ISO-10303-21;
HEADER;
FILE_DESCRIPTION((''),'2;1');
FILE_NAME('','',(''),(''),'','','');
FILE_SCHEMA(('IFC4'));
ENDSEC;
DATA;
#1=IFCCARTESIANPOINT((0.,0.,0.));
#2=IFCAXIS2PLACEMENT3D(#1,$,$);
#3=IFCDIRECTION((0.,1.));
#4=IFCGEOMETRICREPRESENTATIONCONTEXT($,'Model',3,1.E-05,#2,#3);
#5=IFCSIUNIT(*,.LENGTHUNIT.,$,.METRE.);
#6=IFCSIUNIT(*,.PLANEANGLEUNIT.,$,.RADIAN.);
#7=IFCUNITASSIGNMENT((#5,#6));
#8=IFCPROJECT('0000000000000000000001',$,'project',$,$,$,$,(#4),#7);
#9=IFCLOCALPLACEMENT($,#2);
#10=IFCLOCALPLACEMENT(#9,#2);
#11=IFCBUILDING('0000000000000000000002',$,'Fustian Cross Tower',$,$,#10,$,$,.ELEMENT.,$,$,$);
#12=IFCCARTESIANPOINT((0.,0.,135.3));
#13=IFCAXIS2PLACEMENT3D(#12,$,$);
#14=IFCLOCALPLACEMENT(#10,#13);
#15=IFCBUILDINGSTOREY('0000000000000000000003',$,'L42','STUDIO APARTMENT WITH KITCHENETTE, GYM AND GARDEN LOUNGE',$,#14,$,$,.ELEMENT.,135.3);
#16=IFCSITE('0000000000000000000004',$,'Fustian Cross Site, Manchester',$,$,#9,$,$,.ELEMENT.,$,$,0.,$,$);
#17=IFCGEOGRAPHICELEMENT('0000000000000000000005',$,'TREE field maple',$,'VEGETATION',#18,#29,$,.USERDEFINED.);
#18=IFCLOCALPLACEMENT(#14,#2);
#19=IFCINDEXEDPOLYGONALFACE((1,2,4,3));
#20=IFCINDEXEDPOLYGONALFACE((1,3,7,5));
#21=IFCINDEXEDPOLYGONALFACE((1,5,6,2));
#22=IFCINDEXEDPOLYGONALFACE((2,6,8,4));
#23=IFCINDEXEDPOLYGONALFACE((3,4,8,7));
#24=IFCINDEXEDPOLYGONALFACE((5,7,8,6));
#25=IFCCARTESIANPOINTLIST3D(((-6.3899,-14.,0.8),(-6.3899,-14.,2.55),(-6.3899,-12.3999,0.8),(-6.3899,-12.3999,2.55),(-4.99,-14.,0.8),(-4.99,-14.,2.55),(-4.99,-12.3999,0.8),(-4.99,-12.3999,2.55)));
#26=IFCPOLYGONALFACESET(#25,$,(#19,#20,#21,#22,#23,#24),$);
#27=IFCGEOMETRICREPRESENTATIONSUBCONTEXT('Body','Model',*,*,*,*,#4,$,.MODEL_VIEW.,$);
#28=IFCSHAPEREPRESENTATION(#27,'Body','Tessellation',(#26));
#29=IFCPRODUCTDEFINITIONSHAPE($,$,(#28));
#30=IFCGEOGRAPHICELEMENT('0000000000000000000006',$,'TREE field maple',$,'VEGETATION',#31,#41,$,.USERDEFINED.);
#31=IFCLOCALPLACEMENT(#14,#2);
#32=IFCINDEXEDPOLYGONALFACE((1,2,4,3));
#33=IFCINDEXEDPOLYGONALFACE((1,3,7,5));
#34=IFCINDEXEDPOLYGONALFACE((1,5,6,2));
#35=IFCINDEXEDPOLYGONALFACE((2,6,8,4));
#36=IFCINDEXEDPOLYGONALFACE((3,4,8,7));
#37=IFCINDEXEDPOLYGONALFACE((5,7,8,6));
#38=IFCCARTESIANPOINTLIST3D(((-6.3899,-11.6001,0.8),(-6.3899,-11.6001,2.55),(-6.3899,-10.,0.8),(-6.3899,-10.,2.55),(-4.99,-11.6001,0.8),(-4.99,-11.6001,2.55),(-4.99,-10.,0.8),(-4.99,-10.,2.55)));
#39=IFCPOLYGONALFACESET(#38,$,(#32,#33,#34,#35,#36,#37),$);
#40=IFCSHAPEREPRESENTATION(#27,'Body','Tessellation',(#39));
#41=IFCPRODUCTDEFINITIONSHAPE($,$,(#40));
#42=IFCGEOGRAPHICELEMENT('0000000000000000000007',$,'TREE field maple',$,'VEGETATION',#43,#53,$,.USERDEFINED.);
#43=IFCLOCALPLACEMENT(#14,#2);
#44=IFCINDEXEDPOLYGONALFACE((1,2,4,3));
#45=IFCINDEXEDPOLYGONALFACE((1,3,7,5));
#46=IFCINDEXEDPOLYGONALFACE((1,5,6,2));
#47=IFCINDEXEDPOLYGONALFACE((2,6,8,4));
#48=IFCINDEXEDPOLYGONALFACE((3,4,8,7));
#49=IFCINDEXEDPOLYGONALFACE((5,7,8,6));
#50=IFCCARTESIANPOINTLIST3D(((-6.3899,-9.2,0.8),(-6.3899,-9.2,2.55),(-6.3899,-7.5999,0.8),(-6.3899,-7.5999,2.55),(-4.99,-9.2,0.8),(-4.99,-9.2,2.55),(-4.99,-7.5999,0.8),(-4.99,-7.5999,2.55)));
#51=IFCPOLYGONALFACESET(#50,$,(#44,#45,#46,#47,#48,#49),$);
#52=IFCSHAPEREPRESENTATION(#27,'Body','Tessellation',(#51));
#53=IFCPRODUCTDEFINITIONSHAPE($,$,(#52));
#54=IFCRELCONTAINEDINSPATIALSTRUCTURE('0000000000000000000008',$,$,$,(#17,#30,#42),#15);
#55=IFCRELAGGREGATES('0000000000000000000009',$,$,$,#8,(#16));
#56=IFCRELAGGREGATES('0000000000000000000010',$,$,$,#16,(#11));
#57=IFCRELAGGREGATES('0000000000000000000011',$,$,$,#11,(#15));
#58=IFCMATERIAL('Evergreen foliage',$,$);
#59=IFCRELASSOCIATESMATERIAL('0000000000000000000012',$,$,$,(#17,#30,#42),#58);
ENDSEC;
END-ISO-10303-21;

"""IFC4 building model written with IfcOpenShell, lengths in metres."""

from ifc_helpers import new_model, si_unit, direction, frame, origin, origin_2d, place, context, subcontext, project, spatial, rectangle, extrude, material, element, save


model = new_model("IFC4")

# Units and contexts
model_context = context("Model", 3, precision=1e-05, world=origin(), true_north=direction((0.0, 1.0)))
body_context = subcontext(model_context, "Body", "Model", "MODEL_VIEW")
ifc_project = project(units=[si_unit("LENGTHUNIT", "METRE"), si_unit("PLANEANGLEUNIT", "RADIAN")], contexts=[model_context])

# Site, building, storey
site_placement = place(None, origin())
site = spatial("IfcSite", under=ifc_project, at=site_placement, Name="Fustian Cross Site, Manchester", CompositionType="ELEMENT", RefElevation=0.0)
building_placement = place(site_placement, origin())
building = spatial("IfcBuilding", under=site, at=building_placement, Name="Fustian Cross Tower", CompositionType="ELEMENT")
storey_placement = place(building_placement, frame((0.0, 0.0, 135.3)))
storey = spatial("IfcBuildingStorey", under=building, at=storey_placement, Name="L42", Description="STUDIO APARTMENT WITH KITCHENETTE, GYM AND GARDEN LOUNGE", CompositionType="ELEMENT", Elevation=135.3)

# Geographic elements
ifc_material_1 = material(Name="Evergreen foliage")
for number, where, z_axis, x_axis, name in (
    (1, (-5.6899, -13.2, 0.8), (0.0, 0.0, 1.0), (1.0, 0.0, 0.0), "TREE field maple"),
    (2, (-5.6899, -10.8, 0.8), (0.0, 0.0, 1.0), (1.0, 0.0, 0.0), "TREE field maple"),
    (3, (-5.6899, -8.3999, 0.8), (0.0, 0.0, 1.0), (1.0, 0.0, 0.0), "TREE field maple"),
):
    element("IfcGeographicElement", number, at=place(storey_placement, frame(where, z_axis=z_axis, x_axis=x_axis)), inside=storey, material=ifc_material_1, Name=name, ObjectType="VEGETATION", PredefinedType="USERDEFINED", context=body_context, shape_type="SweptSolid", body=[
        extrude(rectangle(XDim=1.3999, YDim=1.6001, at=origin_2d()), origin(), (0.0, 0.0, 1.0), 1.75),
    ])

save(model, "model.ifc")
